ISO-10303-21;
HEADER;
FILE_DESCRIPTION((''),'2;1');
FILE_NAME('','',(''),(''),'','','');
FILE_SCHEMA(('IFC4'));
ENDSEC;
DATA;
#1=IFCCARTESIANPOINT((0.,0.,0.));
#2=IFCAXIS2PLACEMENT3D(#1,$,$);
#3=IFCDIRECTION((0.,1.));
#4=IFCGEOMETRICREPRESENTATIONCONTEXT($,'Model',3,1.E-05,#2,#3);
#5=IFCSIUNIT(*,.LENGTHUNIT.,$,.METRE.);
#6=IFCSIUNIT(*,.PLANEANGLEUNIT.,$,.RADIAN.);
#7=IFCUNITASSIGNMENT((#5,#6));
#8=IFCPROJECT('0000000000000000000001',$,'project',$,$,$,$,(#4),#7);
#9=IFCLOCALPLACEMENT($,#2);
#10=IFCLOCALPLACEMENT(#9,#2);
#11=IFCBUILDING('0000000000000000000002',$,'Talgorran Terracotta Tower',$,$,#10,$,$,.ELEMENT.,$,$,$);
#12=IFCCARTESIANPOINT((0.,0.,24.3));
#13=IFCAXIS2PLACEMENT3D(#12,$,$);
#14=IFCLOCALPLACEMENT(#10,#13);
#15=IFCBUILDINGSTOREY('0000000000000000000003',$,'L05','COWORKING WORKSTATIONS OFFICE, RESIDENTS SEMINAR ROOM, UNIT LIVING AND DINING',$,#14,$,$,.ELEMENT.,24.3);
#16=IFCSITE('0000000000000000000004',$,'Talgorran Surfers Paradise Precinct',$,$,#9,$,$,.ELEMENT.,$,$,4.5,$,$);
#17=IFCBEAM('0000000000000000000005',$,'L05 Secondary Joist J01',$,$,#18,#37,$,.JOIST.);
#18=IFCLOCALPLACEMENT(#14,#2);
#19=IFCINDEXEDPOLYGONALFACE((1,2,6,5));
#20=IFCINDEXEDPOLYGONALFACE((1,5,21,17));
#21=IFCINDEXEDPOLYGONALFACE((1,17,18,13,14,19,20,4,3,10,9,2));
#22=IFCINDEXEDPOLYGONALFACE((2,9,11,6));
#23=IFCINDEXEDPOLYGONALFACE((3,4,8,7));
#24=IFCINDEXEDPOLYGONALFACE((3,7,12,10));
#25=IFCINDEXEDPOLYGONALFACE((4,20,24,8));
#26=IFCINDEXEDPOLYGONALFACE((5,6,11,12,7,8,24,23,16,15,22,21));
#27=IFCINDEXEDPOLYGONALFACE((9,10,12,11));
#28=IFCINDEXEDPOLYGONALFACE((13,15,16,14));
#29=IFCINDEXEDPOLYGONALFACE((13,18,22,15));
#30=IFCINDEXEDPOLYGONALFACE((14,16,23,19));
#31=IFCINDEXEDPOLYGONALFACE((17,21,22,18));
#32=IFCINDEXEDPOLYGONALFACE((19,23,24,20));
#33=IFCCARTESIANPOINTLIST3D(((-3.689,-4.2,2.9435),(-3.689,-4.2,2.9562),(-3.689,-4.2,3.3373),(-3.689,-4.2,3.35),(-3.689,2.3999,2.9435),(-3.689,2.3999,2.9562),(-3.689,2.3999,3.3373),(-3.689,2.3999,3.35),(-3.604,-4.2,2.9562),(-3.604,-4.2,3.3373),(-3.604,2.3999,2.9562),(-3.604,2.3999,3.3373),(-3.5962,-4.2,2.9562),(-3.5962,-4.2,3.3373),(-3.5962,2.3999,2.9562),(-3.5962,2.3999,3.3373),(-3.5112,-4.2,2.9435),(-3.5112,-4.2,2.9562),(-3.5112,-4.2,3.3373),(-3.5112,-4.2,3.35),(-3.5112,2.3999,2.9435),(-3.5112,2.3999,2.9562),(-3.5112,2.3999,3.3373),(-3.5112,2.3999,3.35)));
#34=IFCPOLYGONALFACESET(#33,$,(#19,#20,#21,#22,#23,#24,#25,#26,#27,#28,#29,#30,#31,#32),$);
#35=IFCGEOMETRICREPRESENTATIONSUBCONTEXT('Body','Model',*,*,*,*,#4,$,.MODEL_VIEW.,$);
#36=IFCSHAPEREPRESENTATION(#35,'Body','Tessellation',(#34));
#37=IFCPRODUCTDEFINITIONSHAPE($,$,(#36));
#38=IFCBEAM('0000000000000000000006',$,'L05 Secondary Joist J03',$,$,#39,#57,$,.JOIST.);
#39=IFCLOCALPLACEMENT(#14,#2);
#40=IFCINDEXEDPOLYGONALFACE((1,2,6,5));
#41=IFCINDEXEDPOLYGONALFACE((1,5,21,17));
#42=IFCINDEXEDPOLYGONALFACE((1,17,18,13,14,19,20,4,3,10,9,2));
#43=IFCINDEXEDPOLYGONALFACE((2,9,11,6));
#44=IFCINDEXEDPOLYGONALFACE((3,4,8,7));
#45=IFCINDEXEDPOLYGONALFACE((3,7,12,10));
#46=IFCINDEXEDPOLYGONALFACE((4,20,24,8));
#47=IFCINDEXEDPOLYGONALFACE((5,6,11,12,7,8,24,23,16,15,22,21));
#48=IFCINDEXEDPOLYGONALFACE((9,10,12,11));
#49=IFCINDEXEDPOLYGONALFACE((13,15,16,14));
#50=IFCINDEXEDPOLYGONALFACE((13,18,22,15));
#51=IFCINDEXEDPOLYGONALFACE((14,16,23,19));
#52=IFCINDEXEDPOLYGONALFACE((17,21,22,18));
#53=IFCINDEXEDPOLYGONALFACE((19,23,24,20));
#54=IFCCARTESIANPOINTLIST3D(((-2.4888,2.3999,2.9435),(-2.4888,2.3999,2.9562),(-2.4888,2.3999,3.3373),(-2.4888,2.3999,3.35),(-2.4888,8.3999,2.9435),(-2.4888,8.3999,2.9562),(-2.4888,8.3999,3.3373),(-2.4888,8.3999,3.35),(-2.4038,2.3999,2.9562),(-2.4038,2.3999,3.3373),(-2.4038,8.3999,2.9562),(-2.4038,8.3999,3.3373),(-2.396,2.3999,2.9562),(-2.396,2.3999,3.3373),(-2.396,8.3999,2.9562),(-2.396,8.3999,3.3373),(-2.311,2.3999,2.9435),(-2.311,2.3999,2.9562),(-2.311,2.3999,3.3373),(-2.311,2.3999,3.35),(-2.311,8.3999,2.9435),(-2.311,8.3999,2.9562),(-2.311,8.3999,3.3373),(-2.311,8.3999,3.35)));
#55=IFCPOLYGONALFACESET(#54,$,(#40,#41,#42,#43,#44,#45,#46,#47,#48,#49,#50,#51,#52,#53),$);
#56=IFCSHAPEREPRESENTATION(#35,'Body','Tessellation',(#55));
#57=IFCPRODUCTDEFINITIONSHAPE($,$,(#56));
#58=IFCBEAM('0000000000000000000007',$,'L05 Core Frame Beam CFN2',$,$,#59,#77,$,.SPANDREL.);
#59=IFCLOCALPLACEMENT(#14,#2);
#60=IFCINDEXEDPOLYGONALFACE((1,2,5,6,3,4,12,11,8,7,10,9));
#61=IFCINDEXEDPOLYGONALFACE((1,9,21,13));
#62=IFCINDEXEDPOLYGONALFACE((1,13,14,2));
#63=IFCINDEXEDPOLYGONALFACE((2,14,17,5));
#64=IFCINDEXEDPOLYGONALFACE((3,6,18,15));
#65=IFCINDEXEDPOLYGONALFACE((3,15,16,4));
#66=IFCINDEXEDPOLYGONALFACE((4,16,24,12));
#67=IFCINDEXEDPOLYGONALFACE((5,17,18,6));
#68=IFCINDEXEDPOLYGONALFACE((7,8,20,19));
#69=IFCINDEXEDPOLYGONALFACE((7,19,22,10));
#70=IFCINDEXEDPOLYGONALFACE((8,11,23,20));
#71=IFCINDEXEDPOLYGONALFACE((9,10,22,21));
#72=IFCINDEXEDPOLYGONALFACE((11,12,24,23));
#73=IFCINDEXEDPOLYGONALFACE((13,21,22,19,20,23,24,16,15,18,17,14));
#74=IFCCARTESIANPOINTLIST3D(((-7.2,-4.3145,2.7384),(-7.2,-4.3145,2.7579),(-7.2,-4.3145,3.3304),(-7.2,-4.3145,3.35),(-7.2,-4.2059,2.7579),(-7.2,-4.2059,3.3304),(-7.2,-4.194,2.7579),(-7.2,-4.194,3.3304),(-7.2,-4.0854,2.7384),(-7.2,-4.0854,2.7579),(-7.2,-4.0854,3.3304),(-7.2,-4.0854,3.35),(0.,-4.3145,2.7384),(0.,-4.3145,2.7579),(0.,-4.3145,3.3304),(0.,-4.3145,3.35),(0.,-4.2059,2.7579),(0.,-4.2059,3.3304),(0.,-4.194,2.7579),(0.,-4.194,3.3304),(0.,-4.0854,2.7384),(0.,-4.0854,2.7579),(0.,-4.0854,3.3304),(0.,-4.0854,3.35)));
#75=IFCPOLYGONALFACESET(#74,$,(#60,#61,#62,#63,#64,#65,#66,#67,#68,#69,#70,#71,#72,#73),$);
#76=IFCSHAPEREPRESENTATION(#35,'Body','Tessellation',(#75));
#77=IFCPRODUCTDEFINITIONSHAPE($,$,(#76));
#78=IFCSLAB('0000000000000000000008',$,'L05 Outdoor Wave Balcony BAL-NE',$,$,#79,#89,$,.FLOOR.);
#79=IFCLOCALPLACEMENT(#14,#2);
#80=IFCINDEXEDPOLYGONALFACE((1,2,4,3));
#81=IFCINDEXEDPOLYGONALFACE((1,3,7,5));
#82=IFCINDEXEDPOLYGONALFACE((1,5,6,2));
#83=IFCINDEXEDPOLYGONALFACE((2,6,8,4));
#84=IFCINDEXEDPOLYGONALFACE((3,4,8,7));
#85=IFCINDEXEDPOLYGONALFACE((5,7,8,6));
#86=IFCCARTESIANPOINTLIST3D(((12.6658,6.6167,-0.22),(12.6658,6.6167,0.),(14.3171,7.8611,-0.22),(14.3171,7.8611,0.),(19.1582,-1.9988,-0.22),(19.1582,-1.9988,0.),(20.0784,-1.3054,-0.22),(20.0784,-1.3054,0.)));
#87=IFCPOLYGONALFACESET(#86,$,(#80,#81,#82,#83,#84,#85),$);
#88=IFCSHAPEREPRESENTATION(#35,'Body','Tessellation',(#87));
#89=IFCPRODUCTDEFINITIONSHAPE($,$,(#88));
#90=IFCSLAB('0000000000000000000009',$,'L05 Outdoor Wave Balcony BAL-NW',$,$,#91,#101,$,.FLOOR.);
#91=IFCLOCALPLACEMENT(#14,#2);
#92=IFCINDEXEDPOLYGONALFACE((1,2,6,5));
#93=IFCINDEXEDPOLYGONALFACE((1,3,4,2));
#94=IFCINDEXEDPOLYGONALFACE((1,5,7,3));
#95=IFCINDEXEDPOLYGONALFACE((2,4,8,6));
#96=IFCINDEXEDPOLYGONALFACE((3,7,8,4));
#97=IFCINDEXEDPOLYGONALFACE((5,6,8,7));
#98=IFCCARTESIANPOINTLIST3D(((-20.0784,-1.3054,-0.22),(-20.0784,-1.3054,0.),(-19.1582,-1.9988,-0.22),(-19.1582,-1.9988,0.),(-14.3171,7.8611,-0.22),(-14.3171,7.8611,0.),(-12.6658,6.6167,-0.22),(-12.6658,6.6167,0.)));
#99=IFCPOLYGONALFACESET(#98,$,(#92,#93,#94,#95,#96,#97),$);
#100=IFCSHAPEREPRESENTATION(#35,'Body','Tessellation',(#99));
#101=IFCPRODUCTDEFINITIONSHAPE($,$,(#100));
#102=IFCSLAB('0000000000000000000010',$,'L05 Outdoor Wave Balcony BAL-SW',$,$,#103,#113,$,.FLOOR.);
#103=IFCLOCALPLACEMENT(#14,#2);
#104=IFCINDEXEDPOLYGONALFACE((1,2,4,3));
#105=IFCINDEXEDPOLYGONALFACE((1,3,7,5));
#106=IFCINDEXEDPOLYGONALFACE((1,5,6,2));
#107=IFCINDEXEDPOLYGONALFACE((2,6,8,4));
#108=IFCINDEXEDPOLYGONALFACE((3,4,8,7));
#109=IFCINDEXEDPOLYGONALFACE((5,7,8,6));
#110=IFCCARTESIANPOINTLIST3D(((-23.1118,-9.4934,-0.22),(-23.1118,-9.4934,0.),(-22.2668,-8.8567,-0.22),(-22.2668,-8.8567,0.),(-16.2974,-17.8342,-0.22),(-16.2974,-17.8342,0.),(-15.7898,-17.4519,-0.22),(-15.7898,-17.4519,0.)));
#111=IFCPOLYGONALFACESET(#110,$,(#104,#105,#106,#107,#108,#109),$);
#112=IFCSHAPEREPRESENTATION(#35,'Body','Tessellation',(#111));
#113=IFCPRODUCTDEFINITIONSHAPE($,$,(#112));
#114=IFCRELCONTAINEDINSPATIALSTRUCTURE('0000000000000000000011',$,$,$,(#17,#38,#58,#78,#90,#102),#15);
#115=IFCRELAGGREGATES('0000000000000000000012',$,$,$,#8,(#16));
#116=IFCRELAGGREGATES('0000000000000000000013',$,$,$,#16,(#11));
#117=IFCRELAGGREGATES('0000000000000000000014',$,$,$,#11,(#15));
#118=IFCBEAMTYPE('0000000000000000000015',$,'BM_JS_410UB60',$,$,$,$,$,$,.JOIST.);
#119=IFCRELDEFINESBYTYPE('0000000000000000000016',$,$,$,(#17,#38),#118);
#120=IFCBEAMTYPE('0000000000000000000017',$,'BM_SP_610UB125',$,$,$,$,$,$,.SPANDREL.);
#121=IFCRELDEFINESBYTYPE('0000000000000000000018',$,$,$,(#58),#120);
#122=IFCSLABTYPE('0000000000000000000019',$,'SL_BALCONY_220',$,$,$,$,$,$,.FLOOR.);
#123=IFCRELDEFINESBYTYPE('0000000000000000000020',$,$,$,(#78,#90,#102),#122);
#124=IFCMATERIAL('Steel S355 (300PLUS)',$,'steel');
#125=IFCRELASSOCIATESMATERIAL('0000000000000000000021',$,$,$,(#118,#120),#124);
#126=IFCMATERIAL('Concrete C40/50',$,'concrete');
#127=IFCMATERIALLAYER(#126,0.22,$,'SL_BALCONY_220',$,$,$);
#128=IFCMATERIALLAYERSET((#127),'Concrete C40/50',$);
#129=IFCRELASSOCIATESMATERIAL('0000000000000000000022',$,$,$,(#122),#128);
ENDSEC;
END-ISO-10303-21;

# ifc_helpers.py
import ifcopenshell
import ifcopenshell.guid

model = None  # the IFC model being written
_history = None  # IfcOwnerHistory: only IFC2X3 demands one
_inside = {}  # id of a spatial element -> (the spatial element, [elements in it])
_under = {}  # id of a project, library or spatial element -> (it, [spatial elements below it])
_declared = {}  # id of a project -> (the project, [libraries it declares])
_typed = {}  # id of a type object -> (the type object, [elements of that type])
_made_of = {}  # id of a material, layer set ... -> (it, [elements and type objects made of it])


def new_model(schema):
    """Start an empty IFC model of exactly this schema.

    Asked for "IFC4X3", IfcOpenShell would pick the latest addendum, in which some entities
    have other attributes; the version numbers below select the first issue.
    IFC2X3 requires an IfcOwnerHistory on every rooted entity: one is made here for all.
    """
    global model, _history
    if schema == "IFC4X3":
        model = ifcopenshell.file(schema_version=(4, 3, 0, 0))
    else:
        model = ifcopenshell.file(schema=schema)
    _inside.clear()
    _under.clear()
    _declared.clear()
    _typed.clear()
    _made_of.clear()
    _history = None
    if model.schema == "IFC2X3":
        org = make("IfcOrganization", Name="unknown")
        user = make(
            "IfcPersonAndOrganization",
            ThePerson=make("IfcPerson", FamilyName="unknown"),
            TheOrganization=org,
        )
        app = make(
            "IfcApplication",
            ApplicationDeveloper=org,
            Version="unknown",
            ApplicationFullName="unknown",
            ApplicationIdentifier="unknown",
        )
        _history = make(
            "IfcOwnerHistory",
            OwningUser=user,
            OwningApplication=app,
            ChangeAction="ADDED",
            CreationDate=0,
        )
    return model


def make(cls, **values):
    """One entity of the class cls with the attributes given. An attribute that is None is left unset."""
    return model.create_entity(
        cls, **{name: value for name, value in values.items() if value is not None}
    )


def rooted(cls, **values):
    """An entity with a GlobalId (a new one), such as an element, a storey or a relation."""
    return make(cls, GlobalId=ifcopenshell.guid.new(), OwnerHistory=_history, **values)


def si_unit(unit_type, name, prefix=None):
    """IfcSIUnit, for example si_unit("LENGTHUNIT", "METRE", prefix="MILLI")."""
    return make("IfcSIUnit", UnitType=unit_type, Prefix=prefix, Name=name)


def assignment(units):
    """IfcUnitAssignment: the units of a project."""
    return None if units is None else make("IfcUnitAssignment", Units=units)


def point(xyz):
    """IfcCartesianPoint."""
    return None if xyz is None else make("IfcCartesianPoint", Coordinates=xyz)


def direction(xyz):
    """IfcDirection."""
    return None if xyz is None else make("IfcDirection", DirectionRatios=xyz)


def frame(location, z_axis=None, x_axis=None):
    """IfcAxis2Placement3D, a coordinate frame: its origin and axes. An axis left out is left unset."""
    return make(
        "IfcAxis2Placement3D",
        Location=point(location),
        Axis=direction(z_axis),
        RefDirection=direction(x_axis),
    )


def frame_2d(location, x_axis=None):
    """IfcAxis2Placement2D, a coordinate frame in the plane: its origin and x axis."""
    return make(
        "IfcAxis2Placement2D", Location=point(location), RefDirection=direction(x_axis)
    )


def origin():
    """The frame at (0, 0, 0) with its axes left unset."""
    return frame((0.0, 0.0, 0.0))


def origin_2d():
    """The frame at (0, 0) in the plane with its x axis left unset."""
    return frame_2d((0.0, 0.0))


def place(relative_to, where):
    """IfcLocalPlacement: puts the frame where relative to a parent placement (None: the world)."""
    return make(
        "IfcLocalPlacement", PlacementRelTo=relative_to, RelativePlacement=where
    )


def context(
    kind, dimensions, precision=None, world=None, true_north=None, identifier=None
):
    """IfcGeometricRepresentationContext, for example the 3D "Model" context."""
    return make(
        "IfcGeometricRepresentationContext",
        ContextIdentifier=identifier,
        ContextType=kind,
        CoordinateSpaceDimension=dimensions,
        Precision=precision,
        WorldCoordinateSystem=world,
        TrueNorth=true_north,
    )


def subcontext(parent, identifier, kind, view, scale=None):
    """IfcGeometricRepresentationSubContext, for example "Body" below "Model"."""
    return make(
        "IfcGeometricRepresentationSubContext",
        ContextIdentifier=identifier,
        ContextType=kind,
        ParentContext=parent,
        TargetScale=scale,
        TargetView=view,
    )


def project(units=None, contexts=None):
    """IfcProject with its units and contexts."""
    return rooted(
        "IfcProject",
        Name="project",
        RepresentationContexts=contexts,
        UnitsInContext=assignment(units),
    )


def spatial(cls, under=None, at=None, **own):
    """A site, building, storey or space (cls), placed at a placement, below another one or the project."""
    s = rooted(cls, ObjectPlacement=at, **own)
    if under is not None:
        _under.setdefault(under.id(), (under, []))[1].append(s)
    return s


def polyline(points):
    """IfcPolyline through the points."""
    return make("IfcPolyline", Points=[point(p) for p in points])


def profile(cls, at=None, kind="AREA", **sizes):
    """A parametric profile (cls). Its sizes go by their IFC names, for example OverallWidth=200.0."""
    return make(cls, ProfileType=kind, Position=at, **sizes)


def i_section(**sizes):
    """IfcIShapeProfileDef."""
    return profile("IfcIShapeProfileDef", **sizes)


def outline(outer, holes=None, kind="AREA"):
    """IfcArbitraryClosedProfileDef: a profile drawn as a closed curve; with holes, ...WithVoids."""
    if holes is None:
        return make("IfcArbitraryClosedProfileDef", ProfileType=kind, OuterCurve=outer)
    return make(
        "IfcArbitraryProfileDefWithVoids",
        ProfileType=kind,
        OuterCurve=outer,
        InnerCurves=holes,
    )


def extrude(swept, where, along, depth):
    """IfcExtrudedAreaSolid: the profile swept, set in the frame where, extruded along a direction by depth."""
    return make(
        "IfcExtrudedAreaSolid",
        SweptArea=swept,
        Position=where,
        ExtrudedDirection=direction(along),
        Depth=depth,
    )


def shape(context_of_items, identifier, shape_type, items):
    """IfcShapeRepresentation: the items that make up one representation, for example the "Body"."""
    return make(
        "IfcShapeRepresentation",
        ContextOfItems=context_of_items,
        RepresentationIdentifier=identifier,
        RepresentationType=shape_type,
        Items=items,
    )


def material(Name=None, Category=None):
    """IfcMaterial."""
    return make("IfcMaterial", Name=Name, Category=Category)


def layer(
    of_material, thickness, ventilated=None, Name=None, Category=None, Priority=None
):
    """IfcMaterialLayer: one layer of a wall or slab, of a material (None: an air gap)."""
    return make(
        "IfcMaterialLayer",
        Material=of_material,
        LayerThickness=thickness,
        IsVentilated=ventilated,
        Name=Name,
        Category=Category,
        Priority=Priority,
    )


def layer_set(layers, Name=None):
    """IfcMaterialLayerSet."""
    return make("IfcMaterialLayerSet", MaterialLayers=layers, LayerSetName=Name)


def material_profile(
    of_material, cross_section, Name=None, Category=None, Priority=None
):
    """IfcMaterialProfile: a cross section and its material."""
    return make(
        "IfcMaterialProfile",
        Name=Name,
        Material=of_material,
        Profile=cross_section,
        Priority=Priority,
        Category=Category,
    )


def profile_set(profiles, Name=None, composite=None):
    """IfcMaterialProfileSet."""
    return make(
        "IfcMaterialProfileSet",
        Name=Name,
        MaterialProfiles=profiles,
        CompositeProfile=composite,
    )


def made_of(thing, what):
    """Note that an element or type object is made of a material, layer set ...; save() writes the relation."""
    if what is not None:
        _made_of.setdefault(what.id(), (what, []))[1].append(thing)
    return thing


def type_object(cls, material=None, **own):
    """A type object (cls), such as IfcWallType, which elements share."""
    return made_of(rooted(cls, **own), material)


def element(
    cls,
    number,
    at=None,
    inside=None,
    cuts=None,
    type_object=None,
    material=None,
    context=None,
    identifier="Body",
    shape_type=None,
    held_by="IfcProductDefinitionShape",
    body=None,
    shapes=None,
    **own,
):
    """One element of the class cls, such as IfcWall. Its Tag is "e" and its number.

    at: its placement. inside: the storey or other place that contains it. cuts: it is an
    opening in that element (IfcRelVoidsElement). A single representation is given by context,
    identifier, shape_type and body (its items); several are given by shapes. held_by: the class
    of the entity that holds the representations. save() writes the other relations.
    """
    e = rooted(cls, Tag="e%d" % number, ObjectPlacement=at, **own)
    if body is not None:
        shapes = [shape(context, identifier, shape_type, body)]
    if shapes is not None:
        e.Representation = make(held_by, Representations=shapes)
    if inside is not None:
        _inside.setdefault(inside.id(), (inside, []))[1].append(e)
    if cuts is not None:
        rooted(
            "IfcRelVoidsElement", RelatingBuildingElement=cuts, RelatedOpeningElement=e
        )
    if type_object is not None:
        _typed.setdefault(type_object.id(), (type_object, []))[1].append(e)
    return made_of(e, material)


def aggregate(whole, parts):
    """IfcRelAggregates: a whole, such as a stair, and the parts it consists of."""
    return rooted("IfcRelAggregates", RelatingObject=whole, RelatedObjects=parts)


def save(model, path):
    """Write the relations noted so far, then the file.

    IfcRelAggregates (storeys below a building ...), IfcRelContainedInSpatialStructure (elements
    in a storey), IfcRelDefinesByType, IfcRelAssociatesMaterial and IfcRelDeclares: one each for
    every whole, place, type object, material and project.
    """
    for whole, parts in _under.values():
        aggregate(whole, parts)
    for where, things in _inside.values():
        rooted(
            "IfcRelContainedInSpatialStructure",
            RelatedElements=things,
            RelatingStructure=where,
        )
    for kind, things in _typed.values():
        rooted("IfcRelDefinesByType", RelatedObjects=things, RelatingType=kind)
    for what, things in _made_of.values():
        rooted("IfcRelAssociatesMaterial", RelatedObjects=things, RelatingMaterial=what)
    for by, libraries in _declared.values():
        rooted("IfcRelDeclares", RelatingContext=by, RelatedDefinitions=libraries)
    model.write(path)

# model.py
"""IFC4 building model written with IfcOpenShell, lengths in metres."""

from ifc_helpers import new_model, si_unit, direction, frame, origin, origin_2d, place, context, subcontext, project, spatial, polyline, i_section, outline, extrude, material, layer, layer_set, material_profile, profile_set, type_object, element, save


model = new_model("IFC4")

# Units and contexts
model_context = context("Model", 3, precision=1e-05, world=origin(), true_north=direction((0.0, 1.0)))
body_context = subcontext(model_context, "Body", "Model", "MODEL_VIEW")
ifc_project = project(units=[si_unit("LENGTHUNIT", "METRE"), si_unit("PLANEANGLEUNIT", "RADIAN")], contexts=[model_context])

# Site, building, storey
site_placement = place(None, origin())
site = spatial("IfcSite", under=ifc_project, at=site_placement, Name="Talgorran Surfers Paradise Precinct", CompositionType="ELEMENT", RefElevation=4.5)
building_placement = place(site_placement, origin())
building = spatial("IfcBuilding", under=site, at=building_placement, Name="Talgorran Terracotta Tower", CompositionType="ELEMENT")
storey_placement = place(building_placement, frame((0.0, 0.0, 24.3)))
storey = spatial("IfcBuildingStorey", under=building, at=storey_placement, Name="L05", Description="COWORKING WORKSTATIONS OFFICE, RESIDENTS SEMINAR ROOM, UNIT LIVING AND DINING", CompositionType="ELEMENT", Elevation=24.3)

# Shared definitions
ifc_material_1 = material(Name="Steel S355 (300PLUS)", Category="steel")

# Beams
ifc_material_profile_1 = material_profile(ifc_material_1, i_section(OverallWidth=0.1777, OverallDepth=0.4065, WebThickness=0.0078, FlangeThickness=0.0127, at=origin_2d()), Name="410UB59.7")
ifc_profile_set_1 = profile_set([ifc_material_profile_1], Name="Steel S355 (300PLUS)")
beam_type_1 = type_object("IfcBeamType", Name="BM_JS_410UB60", PredefinedType="JOIST", material=ifc_profile_set_1)
beam_1_placement = place(storey_placement, frame((-3.6001, -4.2, 3.1467), z_axis=(0.0, 1.0, 0.0), x_axis=(-1.0, 0.0, 0.0)))
element("IfcBeam", 1, at=beam_1_placement, inside=storey, type_object=beam_type_1, Name="L05 Secondary Joist J01", PredefinedType="JOIST", context=body_context, shape_type="SweptSolid", body=[
    extrude(i_section(OverallWidth=0.1777, OverallDepth=0.4065, WebThickness=0.0078, FlangeThickness=0.0127, at=origin_2d()), origin(), (0.0, 0.0, 1.0), 6.5999),
])
beam_2_placement = place(storey_placement, frame((-2.3999, 2.3999, 3.1467), z_axis=(0.0, 1.0, 0.0), x_axis=(-1.0, 0.0, 0.0)))
element("IfcBeam", 2, at=beam_2_placement, inside=storey, type_object=beam_type_1, Name="L05 Secondary Joist J03", PredefinedType="JOIST", context=body_context, shape_type="SweptSolid", body=[
    extrude(i_section(OverallWidth=0.1777, OverallDepth=0.4065, WebThickness=0.0078, FlangeThickness=0.0127, at=origin_2d()), origin(), (0.0, 0.0, 1.0), 6.0),
])
ifc_material_profile_2 = material_profile(ifc_material_1, i_section(OverallWidth=0.229, OverallDepth=0.6116, WebThickness=0.012, FlangeThickness=0.0195, at=origin_2d()), Name="610UB125")
ifc_profile_set_2 = profile_set([ifc_material_profile_2], Name="Steel S355 (300PLUS)")
beam_type_2 = type_object("IfcBeamType", Name="BM_SP_610UB125", PredefinedType="SPANDREL", material=ifc_profile_set_2)
beam_3_placement = place(storey_placement, frame((-7.2, -4.2, 3.0442), z_axis=(1.0, 0.0, 0.0), x_axis=(0.0, 1.0, 0.0)))
element("IfcBeam", 3, at=beam_3_placement, inside=storey, type_object=beam_type_2, Name="L05 Core Frame Beam CFN2", PredefinedType="SPANDREL", context=body_context, shape_type="SweptSolid", body=[
    extrude(i_section(OverallWidth=0.229, OverallDepth=0.6116, WebThickness=0.012, FlangeThickness=0.0195, at=origin_2d()), origin(), (0.0, 0.0, 1.0), 7.2),
])

# Slabs
ifc_material_2 = material(Name="Concrete C40/50", Category="concrete")
ifc_layer_1 = layer(ifc_material_2, 0.22, Name="SL_BALCONY_220")
ifc_layer_set_1 = layer_set([ifc_layer_1], Name="Concrete C40/50")
slab_type_1 = type_object("IfcSlabType", Name="SL_BALCONY_220", PredefinedType="FLOOR", material=ifc_layer_set_1)
slab_1_placement = place(storey_placement, frame((0.0, 0.0, -0.22)))
element("IfcSlab", 4, at=slab_1_placement, inside=storey, type_object=slab_type_1, Name="L05 Outdoor Wave Balcony BAL-NE", PredefinedType="FLOOR", context=body_context, shape_type="SweptSolid", body=[
    extrude(outline(polyline([(12.6658, 6.6167), (19.1582, -1.9988), (20.0784, -1.3054), (14.3171, 7.8611), (12.6658, 6.6167)])), origin(), (0.0, 0.0, 1.0), 0.22),
])
slab_2_placement = place(storey_placement, frame((0.0, 0.0, -0.22)))
element("IfcSlab", 5, at=slab_2_placement, inside=storey, type_object=slab_type_1, Name="L05 Outdoor Wave Balcony BAL-NW", PredefinedType="FLOOR", context=body_context, shape_type="SweptSolid", body=[
    extrude(outline(polyline([(-19.1582, -1.9988), (-12.6658, 6.6167), (-14.3171, 7.8611), (-20.0784, -1.3054), (-19.1582, -1.9988)])), origin(), (0.0, 0.0, 1.0), 0.22),
])
slab_3_placement = place(storey_placement, frame((0.0, 0.0, -0.22)))
element("IfcSlab", 6, at=slab_3_placement, inside=storey, type_object=slab_type_1, Name="L05 Outdoor Wave Balcony BAL-SW", PredefinedType="FLOOR", context=body_context, shape_type="SweptSolid", body=[
    extrude(outline(polyline([(-15.7898, -17.4519), (-22.2668, -8.8567), (-23.1118, -9.4934), (-16.2974, -17.8342), (-15.7898, -17.4519)])), origin(), (0.0, 0.0, 1.0), 0.22),
])

save(model, "model.ifc")
